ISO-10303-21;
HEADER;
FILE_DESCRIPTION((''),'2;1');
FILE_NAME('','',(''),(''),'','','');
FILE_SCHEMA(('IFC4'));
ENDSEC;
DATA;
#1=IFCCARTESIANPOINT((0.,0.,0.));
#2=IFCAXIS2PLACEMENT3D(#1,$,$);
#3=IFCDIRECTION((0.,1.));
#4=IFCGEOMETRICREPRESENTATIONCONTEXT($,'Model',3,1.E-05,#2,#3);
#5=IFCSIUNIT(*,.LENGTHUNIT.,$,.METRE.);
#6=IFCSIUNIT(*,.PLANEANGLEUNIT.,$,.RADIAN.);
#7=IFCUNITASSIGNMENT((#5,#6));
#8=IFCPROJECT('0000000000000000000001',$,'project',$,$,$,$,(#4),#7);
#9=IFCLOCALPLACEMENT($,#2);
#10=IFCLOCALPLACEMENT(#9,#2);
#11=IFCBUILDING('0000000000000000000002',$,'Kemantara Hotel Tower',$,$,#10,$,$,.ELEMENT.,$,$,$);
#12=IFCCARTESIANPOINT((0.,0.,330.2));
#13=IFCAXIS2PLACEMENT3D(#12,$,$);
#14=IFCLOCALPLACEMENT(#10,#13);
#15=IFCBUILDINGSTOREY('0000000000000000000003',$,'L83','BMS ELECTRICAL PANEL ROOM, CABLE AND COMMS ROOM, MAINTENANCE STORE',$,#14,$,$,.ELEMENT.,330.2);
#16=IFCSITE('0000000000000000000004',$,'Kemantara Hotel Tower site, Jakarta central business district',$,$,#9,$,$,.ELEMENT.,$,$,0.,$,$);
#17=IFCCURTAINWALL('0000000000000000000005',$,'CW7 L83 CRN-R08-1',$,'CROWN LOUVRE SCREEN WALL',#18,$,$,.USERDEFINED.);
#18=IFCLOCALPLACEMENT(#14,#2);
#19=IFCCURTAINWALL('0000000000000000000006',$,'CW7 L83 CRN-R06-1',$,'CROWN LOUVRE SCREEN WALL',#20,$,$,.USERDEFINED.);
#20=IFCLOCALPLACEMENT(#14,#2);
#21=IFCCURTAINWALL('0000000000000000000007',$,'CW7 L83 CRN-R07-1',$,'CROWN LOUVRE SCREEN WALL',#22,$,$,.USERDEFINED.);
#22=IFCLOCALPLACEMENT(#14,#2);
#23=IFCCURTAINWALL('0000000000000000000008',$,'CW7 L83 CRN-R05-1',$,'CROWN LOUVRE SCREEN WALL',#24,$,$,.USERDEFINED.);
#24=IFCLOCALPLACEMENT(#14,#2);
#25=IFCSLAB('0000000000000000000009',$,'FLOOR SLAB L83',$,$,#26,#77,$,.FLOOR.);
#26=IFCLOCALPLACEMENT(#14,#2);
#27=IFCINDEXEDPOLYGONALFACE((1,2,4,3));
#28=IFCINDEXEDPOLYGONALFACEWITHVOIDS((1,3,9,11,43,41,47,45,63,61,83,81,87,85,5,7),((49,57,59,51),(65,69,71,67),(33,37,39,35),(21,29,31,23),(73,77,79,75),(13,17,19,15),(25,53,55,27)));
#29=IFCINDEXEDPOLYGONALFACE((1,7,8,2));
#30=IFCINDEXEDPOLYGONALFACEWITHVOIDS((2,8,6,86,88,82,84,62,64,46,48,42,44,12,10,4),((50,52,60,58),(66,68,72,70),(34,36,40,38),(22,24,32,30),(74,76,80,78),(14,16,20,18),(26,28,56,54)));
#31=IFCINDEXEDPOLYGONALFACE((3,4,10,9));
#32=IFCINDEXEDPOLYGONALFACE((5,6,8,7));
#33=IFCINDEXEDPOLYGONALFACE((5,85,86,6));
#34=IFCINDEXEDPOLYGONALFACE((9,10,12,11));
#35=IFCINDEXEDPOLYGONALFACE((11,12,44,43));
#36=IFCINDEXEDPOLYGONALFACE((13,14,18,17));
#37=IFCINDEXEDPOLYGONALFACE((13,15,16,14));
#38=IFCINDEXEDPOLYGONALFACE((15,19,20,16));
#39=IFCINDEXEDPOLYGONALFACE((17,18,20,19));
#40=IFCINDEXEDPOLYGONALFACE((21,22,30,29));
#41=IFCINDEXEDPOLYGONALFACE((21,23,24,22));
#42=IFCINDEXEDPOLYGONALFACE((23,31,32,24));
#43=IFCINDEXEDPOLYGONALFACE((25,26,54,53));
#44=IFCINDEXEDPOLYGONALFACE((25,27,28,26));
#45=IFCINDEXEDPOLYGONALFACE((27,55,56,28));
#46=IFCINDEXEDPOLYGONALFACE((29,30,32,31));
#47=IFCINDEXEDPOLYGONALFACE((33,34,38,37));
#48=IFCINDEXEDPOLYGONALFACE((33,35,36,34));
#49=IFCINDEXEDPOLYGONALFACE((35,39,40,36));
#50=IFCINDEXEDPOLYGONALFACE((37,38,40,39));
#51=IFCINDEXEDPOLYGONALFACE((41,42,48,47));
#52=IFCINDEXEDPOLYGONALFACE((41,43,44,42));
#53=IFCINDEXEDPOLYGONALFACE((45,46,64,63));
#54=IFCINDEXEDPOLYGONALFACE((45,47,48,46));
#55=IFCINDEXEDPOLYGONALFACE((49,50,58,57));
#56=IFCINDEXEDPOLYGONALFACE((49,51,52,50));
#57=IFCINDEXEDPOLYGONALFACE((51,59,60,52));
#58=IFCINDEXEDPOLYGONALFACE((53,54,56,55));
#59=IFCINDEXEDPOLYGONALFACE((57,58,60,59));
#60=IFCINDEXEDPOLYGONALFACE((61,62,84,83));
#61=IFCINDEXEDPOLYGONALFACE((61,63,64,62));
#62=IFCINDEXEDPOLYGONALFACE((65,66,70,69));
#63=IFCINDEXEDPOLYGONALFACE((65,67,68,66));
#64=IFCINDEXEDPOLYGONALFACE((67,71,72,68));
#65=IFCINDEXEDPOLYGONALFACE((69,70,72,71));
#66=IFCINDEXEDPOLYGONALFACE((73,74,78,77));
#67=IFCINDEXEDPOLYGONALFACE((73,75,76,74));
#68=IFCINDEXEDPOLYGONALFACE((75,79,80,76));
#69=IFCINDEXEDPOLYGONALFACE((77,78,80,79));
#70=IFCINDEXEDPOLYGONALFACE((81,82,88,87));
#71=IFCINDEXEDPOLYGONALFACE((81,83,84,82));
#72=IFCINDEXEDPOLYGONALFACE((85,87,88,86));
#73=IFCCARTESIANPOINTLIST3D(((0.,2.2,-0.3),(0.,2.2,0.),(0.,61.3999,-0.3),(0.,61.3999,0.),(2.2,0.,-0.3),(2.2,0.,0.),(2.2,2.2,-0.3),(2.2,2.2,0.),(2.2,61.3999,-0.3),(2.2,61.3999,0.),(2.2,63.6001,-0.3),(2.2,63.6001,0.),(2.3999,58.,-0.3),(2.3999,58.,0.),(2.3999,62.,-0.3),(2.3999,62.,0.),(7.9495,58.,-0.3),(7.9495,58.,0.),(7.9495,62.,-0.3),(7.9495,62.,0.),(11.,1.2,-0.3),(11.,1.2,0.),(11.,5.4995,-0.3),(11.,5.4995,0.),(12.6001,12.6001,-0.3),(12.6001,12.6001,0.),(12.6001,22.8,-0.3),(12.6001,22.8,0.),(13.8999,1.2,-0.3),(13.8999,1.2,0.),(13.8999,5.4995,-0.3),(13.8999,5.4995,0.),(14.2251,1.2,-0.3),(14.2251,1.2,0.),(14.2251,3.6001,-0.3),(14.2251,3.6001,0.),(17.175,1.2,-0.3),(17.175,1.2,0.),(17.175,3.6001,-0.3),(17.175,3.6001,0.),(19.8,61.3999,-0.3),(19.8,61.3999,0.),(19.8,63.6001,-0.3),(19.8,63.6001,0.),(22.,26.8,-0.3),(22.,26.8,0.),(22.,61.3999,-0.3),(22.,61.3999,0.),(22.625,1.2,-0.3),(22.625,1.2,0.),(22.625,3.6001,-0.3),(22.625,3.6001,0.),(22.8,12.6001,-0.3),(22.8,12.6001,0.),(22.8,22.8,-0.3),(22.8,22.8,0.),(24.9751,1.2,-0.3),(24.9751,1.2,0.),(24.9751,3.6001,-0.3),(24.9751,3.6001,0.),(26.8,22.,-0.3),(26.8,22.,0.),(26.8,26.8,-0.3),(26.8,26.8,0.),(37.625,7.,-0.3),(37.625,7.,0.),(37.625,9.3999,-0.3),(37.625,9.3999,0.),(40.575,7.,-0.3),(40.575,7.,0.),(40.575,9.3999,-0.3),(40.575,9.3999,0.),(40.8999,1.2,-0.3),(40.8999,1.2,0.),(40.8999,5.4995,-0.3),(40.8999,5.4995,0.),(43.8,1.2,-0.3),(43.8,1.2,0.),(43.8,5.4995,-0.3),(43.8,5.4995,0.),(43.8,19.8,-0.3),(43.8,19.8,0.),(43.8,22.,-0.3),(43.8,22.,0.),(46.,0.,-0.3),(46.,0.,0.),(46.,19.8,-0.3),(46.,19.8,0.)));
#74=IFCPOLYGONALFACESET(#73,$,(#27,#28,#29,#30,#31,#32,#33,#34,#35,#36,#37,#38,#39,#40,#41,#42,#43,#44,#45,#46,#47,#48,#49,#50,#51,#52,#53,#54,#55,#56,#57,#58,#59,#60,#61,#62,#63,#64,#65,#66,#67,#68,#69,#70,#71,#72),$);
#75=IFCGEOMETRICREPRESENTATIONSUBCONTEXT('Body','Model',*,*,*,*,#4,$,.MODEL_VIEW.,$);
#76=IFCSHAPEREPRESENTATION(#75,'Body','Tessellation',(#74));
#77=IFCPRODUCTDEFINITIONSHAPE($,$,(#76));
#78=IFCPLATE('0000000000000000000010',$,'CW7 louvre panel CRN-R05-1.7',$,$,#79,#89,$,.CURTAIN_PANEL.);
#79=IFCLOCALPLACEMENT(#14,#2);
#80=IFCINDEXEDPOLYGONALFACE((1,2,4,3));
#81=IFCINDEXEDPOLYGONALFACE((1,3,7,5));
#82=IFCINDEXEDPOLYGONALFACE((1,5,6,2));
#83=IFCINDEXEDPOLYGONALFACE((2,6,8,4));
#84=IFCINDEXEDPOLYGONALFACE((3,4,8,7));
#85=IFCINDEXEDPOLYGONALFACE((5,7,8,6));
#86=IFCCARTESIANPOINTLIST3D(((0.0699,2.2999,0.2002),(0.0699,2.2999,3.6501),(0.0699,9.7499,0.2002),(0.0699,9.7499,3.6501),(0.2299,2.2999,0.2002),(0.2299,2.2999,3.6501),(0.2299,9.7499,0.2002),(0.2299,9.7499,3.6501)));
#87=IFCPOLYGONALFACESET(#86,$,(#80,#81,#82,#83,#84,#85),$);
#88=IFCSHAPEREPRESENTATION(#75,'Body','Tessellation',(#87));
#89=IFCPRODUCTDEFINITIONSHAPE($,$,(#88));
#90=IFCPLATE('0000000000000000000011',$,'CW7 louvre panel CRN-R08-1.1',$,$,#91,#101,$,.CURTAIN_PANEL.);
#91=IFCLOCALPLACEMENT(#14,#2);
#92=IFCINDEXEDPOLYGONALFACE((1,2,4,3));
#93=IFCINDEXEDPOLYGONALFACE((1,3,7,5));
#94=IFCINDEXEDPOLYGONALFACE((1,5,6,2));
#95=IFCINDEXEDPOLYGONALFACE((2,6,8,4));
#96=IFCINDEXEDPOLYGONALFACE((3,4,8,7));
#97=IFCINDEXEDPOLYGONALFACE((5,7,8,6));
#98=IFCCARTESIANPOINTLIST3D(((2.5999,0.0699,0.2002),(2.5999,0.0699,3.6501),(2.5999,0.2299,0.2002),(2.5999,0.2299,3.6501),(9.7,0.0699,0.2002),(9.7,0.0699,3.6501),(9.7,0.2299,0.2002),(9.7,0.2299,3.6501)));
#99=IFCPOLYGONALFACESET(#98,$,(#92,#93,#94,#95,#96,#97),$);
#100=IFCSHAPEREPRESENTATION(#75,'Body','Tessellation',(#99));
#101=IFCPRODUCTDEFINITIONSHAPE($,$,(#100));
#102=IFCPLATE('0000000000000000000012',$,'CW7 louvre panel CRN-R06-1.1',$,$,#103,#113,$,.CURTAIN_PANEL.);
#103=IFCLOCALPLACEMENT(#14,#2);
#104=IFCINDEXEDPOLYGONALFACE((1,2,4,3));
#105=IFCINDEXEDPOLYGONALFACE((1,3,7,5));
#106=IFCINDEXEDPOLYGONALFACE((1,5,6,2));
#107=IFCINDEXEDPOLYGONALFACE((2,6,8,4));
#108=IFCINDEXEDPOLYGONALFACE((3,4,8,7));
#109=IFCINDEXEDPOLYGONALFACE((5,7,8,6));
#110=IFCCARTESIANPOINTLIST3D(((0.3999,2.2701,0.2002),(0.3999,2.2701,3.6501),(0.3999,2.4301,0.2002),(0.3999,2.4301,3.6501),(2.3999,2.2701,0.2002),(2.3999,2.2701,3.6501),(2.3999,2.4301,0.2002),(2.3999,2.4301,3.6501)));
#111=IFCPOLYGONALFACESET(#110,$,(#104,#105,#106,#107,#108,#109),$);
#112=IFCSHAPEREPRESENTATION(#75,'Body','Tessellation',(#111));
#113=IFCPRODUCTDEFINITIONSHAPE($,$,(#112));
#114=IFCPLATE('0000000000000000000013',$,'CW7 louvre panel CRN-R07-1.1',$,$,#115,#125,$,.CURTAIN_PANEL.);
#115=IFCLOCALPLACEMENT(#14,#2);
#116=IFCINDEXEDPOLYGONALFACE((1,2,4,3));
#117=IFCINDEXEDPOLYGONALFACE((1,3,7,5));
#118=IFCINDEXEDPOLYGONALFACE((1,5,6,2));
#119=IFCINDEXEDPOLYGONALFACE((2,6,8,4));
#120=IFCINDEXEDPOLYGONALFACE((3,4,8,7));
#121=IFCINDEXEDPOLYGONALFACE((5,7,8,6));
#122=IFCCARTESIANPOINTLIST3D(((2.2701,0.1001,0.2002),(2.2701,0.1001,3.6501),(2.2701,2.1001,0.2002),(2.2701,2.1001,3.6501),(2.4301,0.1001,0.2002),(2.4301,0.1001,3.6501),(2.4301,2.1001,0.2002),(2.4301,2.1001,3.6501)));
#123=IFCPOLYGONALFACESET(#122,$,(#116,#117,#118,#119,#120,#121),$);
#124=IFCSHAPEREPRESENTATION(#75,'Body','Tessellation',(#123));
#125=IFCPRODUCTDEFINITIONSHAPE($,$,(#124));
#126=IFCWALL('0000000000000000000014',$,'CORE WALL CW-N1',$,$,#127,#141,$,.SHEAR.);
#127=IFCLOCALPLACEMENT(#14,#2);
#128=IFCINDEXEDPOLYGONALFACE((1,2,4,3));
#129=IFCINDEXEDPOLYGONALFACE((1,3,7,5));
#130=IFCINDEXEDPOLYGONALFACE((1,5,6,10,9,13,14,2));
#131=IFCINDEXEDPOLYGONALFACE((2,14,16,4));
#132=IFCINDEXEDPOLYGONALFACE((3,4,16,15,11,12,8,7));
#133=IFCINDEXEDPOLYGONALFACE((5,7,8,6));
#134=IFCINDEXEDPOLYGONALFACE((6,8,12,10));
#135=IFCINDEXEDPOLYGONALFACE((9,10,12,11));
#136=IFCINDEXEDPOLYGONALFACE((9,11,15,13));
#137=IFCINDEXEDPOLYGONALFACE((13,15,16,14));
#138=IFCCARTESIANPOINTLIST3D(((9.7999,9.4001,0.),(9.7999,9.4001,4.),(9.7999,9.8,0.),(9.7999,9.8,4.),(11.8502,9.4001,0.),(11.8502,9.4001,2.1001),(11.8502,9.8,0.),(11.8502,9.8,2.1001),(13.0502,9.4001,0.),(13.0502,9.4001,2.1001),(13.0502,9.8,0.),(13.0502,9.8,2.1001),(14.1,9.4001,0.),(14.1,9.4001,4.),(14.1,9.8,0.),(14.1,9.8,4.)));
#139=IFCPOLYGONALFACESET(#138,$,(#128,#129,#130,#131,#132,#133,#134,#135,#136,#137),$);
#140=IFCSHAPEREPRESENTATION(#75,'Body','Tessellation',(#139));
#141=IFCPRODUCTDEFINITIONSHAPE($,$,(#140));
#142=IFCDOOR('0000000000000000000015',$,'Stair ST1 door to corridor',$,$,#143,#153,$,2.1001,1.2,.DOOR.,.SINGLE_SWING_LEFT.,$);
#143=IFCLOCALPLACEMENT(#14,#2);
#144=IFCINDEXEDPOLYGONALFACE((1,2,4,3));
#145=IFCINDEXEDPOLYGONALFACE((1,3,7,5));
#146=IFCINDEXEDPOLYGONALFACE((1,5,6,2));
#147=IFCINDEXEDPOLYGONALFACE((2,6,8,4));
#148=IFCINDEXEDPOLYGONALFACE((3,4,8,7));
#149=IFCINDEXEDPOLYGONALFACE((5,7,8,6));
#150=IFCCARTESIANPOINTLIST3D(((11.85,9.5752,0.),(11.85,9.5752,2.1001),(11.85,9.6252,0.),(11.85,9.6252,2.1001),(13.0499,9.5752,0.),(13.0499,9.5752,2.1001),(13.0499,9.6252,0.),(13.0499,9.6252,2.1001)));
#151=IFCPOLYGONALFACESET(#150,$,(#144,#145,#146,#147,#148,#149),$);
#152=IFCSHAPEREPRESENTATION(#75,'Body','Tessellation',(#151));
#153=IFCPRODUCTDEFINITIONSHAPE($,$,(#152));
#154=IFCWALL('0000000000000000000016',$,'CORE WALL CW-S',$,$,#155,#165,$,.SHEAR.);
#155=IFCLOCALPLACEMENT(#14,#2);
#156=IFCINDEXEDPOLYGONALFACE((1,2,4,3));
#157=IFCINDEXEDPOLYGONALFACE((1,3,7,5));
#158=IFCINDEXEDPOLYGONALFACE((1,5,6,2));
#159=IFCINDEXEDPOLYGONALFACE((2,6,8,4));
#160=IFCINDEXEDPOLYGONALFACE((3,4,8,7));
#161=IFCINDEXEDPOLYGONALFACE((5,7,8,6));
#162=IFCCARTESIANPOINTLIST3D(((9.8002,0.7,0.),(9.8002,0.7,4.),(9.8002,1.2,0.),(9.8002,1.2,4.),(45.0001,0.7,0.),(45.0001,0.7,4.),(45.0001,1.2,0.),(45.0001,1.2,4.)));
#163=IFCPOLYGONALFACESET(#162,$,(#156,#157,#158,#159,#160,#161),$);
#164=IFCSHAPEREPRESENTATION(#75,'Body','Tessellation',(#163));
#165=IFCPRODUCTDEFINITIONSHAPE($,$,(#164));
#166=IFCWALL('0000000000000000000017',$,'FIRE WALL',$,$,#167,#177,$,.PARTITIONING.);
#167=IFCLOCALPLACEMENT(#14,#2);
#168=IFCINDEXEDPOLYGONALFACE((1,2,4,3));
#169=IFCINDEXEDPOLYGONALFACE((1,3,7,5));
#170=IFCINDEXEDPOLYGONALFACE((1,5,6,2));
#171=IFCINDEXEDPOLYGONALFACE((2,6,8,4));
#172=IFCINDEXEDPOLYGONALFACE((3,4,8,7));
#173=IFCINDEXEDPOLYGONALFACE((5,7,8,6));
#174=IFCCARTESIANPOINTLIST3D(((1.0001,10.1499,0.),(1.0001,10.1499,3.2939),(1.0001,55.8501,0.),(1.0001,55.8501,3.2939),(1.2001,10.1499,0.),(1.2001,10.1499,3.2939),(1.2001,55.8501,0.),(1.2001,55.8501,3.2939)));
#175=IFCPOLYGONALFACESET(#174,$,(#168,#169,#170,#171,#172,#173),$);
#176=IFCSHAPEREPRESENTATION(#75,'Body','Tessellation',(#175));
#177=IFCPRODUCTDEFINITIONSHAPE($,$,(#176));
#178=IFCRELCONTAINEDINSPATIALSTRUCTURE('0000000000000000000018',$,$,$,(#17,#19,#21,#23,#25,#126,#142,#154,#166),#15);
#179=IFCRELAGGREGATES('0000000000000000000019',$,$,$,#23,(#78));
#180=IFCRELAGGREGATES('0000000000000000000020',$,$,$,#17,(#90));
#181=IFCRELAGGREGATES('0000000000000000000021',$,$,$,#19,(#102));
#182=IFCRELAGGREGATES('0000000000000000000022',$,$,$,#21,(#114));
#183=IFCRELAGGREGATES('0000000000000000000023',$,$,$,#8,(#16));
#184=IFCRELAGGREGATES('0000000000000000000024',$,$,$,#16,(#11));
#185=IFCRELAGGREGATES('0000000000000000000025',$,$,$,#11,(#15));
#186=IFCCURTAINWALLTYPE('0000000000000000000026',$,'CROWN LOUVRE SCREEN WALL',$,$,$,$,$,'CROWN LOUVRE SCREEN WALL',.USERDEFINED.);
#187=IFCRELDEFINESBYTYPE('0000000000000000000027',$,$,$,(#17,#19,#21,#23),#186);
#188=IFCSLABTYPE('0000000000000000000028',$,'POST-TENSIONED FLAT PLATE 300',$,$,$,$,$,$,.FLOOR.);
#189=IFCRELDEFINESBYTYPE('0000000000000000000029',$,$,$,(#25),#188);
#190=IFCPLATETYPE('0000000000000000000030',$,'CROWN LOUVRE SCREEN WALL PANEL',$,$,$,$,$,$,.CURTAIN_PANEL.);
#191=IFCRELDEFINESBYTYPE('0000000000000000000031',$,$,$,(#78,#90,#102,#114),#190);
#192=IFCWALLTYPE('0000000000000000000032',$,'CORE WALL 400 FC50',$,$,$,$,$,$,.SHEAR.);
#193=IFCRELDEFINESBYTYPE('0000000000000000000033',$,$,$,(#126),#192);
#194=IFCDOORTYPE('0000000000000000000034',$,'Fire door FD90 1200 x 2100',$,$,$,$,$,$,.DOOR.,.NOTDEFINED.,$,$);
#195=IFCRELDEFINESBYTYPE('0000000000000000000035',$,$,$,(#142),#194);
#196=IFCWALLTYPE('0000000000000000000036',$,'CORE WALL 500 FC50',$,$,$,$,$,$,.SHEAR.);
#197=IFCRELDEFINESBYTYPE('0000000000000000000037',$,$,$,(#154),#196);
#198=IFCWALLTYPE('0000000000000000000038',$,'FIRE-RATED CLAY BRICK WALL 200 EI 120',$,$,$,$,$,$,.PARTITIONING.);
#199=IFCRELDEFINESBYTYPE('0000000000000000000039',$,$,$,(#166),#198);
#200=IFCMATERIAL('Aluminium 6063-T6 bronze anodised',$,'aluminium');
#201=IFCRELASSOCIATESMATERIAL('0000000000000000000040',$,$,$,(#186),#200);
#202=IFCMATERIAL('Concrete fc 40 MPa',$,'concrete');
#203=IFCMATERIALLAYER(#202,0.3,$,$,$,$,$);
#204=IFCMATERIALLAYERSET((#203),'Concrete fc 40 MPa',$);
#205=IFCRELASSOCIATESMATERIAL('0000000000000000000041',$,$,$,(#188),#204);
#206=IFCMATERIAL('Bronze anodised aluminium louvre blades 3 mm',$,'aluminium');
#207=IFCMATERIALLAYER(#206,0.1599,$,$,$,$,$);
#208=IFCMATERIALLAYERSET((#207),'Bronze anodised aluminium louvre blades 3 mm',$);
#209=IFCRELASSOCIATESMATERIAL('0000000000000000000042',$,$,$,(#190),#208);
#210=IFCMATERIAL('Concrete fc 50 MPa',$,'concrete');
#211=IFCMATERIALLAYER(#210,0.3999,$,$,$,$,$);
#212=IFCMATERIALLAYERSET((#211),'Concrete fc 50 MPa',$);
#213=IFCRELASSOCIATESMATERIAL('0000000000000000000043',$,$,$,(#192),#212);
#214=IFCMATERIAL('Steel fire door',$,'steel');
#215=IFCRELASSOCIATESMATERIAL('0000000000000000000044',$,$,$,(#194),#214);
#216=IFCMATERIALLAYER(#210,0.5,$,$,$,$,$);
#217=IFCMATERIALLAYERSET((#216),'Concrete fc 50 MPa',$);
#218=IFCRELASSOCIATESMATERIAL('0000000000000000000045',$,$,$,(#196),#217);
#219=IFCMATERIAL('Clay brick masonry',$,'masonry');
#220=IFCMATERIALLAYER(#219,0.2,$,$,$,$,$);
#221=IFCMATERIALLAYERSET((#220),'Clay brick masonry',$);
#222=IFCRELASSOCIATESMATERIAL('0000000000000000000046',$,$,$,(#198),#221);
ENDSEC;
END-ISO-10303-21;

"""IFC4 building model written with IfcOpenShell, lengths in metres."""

from ifc_helpers import new_model, si_unit, direction, frame, frame_2d, origin, origin_2d, place, context, subcontext, project, spatial, polyline, rectangle, outline, extrude, source, transform, mapped, material, layer, layer_set, type_object, element, fill, aggregate, save


model = new_model("IFC4")

# Units and contexts
model_context = context("Model", 3, precision=1e-05, world=origin(), true_north=direction((0.0, 1.0)))
body_context = subcontext(model_context, "Body", "Model", "MODEL_VIEW")
ifc_project = project(units=[si_unit("LENGTHUNIT", "METRE"), si_unit("PLANEANGLEUNIT", "RADIAN")], contexts=[model_context])

# Site, building, storey
site_placement = place(None, origin())
site = spatial("IfcSite", under=ifc_project, at=site_placement, Name="Kemantara Hotel Tower site, Jakarta central business district", CompositionType="ELEMENT", RefElevation=0.0)
building_placement = place(site_placement, origin())
building = spatial("IfcBuilding", under=site, at=building_placement, Name="Kemantara Hotel Tower", CompositionType="ELEMENT")
storey_placement = place(building_placement, frame((0.0, 0.0, 330.2)))
storey = spatial("IfcBuildingStorey", under=building, at=storey_placement, Name="L83", Description="BMS ELECTRICAL PANEL ROOM, CABLE AND COMMS ROOM, MAINTENANCE STORE", CompositionType="ELEMENT", Elevation=330.2)

# Shared definitions
ifc_material_1 = material(Name="Concrete fc 50 MPa", Category="concrete")

# Curtain walls
ifc_material_2 = material(Name="Aluminium 6063-T6 bronze anodised", Category="aluminium")
curtain_wall_type = type_object("IfcCurtainWallType", Name="CROWN LOUVRE SCREEN WALL", ElementType="CROWN LOUVRE SCREEN WALL", PredefinedType="USERDEFINED", material=ifc_material_2)
curtain_wall_1_placement = place(storey_placement, origin())
curtain_wall_1 = element("IfcCurtainWall", 1, at=curtain_wall_1_placement, inside=storey, type_object=curtain_wall_type, Name="CW7 L83 CRN-R08-1", ObjectType="CROWN LOUVRE SCREEN WALL", PredefinedType="USERDEFINED")
curtain_wall_2_placement = place(storey_placement, origin())
curtain_wall_2 = element("IfcCurtainWall", 2, at=curtain_wall_2_placement, inside=storey, type_object=curtain_wall_type, Name="CW7 L83 CRN-R06-1", ObjectType="CROWN LOUVRE SCREEN WALL", PredefinedType="USERDEFINED")
curtain_wall_3_placement = place(storey_placement, origin())
curtain_wall_3 = element("IfcCurtainWall", 3, at=curtain_wall_3_placement, inside=storey, type_object=curtain_wall_type, Name="CW7 L83 CRN-R07-1", ObjectType="CROWN LOUVRE SCREEN WALL", PredefinedType="USERDEFINED")

# Curtain wall
curtain_wall_4_placement = place(storey_placement, origin())
curtain_wall_4 = element("IfcCurtainWall", 4, at=curtain_wall_4_placement, inside=storey, type_object=curtain_wall_type, Name="CW7 L83 CRN-R05-1", ObjectType="CROWN LOUVRE SCREEN WALL", PredefinedType="USERDEFINED")

# Slab
ifc_material_3 = material(Name="Concrete fc 40 MPa", Category="concrete")
ifc_layer_1 = layer(ifc_material_3, 0.3)
ifc_layer_set_1 = layer_set([ifc_layer_1], Name="Concrete fc 40 MPa")
slab_type = type_object("IfcSlabType", Name="POST-TENSIONED FLAT PLATE 300", PredefinedType="FLOOR", material=ifc_layer_set_1)
slab_placement = place(storey_placement, frame((0.0, 0.0, -0.3)))
element("IfcSlab", 5, at=slab_placement, inside=storey, type_object=slab_type, Name="FLOOR SLAB L83", PredefinedType="FLOOR", context=body_context, shape_type="SweptSolid", body=[
    extrude(outline(polyline([(22.0, 26.8), (22.0, 61.3999), (19.8, 61.3999), (19.8, 63.6001), (2.2, 63.6001), (2.2, 61.3999), (0.0, 61.3999), (0.0, 2.2), (2.2, 2.2), (2.2, 0.0), (46.0, 0.0), (46.0, 19.8), (43.8, 19.8), (43.8, 22.0), (26.8, 22.0), (26.8, 26.8), (22.0, 26.8)]), holes=[polyline([(14.2251, 3.6001), (17.175, 3.6001), (17.175, 1.2), (14.2251, 1.2), (14.2251, 3.6001)]), polyline([(24.9751, 3.6001), (24.9751, 1.2), (22.625, 1.2), (22.625, 3.6001), (24.9751, 3.6001)]), polyline([(13.8999, 1.2), (11.0, 1.2), (11.0, 5.4995), (13.8999, 5.4995), (13.8999, 1.2)]), polyline([(43.8, 1.2), (40.8999, 1.2), (40.8999, 5.4995), (43.8, 5.4995), (43.8, 1.2)]), polyline([(40.575, 9.3999), (40.575, 7.0), (37.625, 7.0), (37.625, 9.3999), (40.575, 9.3999)]), polyline([(22.8, 22.8), (22.8, 12.6001), (12.6001, 12.6001), (12.6001, 22.8), (22.8, 22.8)]), polyline([(2.3999, 58.0), (2.3999, 62.0), (7.9495, 62.0), (7.9495, 58.0), (2.3999, 58.0)])]), origin(), (0.0, 0.0, 1.0), 0.3),
])

# Plates
ifc_material_4 = material(Name="Bronze anodised aluminium louvre blades 3 mm", Category="aluminium")
ifc_layer_2 = layer(ifc_material_4, 0.1599)
ifc_layer_set_2 = layer_set([ifc_layer_2], Name="Bronze anodised aluminium louvre blades 3 mm")
plate_type = type_object("IfcPlateType", Name="CROWN LOUVRE SCREEN WALL PANEL", PredefinedType="CURTAIN_PANEL", material=ifc_layer_set_2)
shared_shape_1 = source(origin(), body_context, "Body", "SweptSolid", [
    extrude(rectangle(XDim=7.45, YDim=0.1599, at=origin_2d()), origin(), (0.0, 0.0, 1.0), 3.45),
])
plate_1_placement = place(storey_placement, frame((0.1499, 6.0249, 0.2002), z_axis=(0.0, 0.0, 1.0), x_axis=(0.0, -1.0, 0.0)))
plate_1 = element("IfcPlate", 6, at=plate_1_placement, type_object=plate_type, Name="CW7 louvre panel CRN-R05-1.7", PredefinedType="CURTAIN_PANEL", context=body_context, shape_type="MappedRepresentation", body=[
    mapped(shared_shape_1, transform((0.0, 0.0, 0.0))),
])
aggregate(curtain_wall_4, [plate_1])
shared_shape_2 = source(origin(), body_context, "Body", "SweptSolid", [
    extrude(rectangle(XDim=7.1001, YDim=0.1599, at=origin_2d()), origin(), (0.0, 0.0, 1.0), 3.45),
])
plate_2_placement = place(storey_placement, frame((6.1499, 0.1499, 0.2002), z_axis=(0.0, 0.0, 1.0), x_axis=(1.0, 0.0, 0.0)))
plate_2 = element("IfcPlate", 7, at=plate_2_placement, type_object=plate_type, Name="CW7 louvre panel CRN-R08-1.1", PredefinedType="CURTAIN_PANEL", context=body_context, shape_type="MappedRepresentation", body=[
    mapped(shared_shape_2, transform((0.0, 0.0, 0.0))),
])
aggregate(curtain_wall_1, [plate_2])
shared_shape_3 = source(origin(), body_context, "Body", "SweptSolid", [
    extrude(rectangle(XDim=2.0, YDim=0.1599, at=origin_2d()), origin(), (0.0, 0.0, 1.0), 3.45),
])
plate_3_placement = place(storey_placement, frame((1.3999, 2.3501, 0.2002), z_axis=(0.0, 0.0, 1.0), x_axis=(1.0, 0.0, 0.0)))
plate_3 = element("IfcPlate", 8, at=plate_3_placement, type_object=plate_type, Name="CW7 louvre panel CRN-R06-1.1", PredefinedType="CURTAIN_PANEL", context=body_context, shape_type="MappedRepresentation", body=[
    mapped(shared_shape_3, transform((0.0, 0.0, 0.0))),
])
aggregate(curtain_wall_2, [plate_3])
plate_4_placement = place(storey_placement, frame((2.3501, 1.1001, 0.2002), z_axis=(0.0, 0.0, 1.0), x_axis=(0.0, -1.0, 0.0)))
plate_4 = element("IfcPlate", 9, at=plate_4_placement, type_object=plate_type, Name="CW7 louvre panel CRN-R07-1.1", PredefinedType="CURTAIN_PANEL", context=body_context, shape_type="MappedRepresentation", body=[
    mapped(shared_shape_3, transform((0.0, 0.0, 0.0))),
])
aggregate(curtain_wall_3, [plate_4])

# Wall, opening, door
ifc_layer_3 = layer(ifc_material_1, 0.3999)
ifc_layer_set_3 = layer_set([ifc_layer_3], Name="Concrete fc 50 MPa")
wall_type_1 = type_object("IfcWallType", Name="CORE WALL 400 FC50", PredefinedType="SHEAR", material=ifc_layer_set_3)
wall_1_placement = place(storey_placement, frame((9.8, 9.6001, 0.0), z_axis=(0.0, 0.0, 1.0), x_axis=(1.0, 0.0, 0.0)))
wall_1 = element("IfcWall", 10, at=wall_1_placement, inside=storey, type_object=wall_type_1, Name="CORE WALL CW-N1", PredefinedType="SHEAR", context=body_context, shape_type="SweptSolid", body=[
    extrude(rectangle(XDim=4.3, YDim=0.3999, at=frame_2d((2.1499, 0.0))), origin(), (0.0, 0.0, 1.0), 4.0),
])
opening_placement = place(wall_1_placement, frame((2.05, 0.0, 0.0)))
opening = element("IfcOpeningElement", 11, at=opening_placement, cuts=wall_1, PredefinedType="OPENING", context=body_context, shape_type="SweptSolid", body=[
    extrude(rectangle(XDim=1.2, YDim=2.1001, at=frame_2d((0.6001, 1.05))), frame((0.0, 0.21, 0.0), z_axis=(0.0, -1.0, 0.0), x_axis=(1.0, 0.0, 0.0)), (0.0, 0.0, 1.0), 0.4199),
])
ifc_material_5 = material(Name="Steel fire door", Category="steel")
door_type = type_object("IfcDoorType", Name="Fire door FD90 1200 x 2100", OperationType="NOTDEFINED", PredefinedType="DOOR", material=ifc_material_5)
door_placement = place(opening_placement, frame((1.2, 0.0, 0.0), z_axis=(0.0, 0.0, 1.0), x_axis=(-1.0, 0.0, 0.0)))
door = element("IfcDoor", 12, at=door_placement, inside=storey, type_object=door_type, Name="Stair ST1 door to corridor", OperationType="SINGLE_SWING_LEFT", OverallHeight=2.1001, OverallWidth=1.2, PredefinedType="DOOR", context=body_context, shape_type="SweptSolid", body=[
    extrude(rectangle(XDim=1.2, YDim=2.1001, at=frame_2d((0.6001, 1.05))), frame((0.0, 0.0249, 0.0), z_axis=(0.0, -1.0, 0.0), x_axis=(1.0, 0.0, 0.0)), (0.0, 0.0, 1.0), 0.05),
])
fill(opening, door)

# Walls
ifc_layer_4 = layer(ifc_material_1, 0.5)
ifc_layer_set_4 = layer_set([ifc_layer_4], Name="Concrete fc 50 MPa")
wall_type_2 = type_object("IfcWallType", Name="CORE WALL 500 FC50", PredefinedType="SHEAR", material=ifc_layer_set_4)
wall_2_placement = place(storey_placement, frame((9.8, 0.95, 0.0), z_axis=(0.0, 0.0, 1.0), x_axis=(1.0, 0.0, 0.0)))
element("IfcWall", 13, at=wall_2_placement, inside=storey, type_object=wall_type_2, Name="CORE WALL CW-S", PredefinedType="SHEAR", context=body_context, shape_type="SweptSolid", body=[
    extrude(rectangle(XDim=35.2, YDim=0.5, at=frame_2d((17.6001, 0.0))), origin(), (0.0, 0.0, 1.0), 4.0),
])
ifc_material_6 = material(Name="Clay brick masonry", Category="masonry")
ifc_layer_5 = layer(ifc_material_6, 0.2)
ifc_layer_set_5 = layer_set([ifc_layer_5], Name="Clay brick masonry")
wall_type_3 = type_object("IfcWallType", Name="FIRE-RATED CLAY BRICK WALL 200 EI 120", PredefinedType="PARTITIONING", material=ifc_layer_set_5)
wall_3_placement = place(storey_placement, frame((1.1001, 10.1499, 0.0), z_axis=(0.0, 0.0, 1.0), x_axis=(0.0, 1.0, 0.0)))
element("IfcWall", 14, at=wall_3_placement, inside=storey, type_object=wall_type_3, Name="FIRE WALL", PredefinedType="PARTITIONING", context=body_context, shape_type="SweptSolid", body=[
    extrude(rectangle(XDim=45.7002, YDim=0.2, at=frame_2d((22.8501, 0.0))), origin(), (0.0, 0.0, 1.0), 3.2939),
])

save(model, "model.ifc")
